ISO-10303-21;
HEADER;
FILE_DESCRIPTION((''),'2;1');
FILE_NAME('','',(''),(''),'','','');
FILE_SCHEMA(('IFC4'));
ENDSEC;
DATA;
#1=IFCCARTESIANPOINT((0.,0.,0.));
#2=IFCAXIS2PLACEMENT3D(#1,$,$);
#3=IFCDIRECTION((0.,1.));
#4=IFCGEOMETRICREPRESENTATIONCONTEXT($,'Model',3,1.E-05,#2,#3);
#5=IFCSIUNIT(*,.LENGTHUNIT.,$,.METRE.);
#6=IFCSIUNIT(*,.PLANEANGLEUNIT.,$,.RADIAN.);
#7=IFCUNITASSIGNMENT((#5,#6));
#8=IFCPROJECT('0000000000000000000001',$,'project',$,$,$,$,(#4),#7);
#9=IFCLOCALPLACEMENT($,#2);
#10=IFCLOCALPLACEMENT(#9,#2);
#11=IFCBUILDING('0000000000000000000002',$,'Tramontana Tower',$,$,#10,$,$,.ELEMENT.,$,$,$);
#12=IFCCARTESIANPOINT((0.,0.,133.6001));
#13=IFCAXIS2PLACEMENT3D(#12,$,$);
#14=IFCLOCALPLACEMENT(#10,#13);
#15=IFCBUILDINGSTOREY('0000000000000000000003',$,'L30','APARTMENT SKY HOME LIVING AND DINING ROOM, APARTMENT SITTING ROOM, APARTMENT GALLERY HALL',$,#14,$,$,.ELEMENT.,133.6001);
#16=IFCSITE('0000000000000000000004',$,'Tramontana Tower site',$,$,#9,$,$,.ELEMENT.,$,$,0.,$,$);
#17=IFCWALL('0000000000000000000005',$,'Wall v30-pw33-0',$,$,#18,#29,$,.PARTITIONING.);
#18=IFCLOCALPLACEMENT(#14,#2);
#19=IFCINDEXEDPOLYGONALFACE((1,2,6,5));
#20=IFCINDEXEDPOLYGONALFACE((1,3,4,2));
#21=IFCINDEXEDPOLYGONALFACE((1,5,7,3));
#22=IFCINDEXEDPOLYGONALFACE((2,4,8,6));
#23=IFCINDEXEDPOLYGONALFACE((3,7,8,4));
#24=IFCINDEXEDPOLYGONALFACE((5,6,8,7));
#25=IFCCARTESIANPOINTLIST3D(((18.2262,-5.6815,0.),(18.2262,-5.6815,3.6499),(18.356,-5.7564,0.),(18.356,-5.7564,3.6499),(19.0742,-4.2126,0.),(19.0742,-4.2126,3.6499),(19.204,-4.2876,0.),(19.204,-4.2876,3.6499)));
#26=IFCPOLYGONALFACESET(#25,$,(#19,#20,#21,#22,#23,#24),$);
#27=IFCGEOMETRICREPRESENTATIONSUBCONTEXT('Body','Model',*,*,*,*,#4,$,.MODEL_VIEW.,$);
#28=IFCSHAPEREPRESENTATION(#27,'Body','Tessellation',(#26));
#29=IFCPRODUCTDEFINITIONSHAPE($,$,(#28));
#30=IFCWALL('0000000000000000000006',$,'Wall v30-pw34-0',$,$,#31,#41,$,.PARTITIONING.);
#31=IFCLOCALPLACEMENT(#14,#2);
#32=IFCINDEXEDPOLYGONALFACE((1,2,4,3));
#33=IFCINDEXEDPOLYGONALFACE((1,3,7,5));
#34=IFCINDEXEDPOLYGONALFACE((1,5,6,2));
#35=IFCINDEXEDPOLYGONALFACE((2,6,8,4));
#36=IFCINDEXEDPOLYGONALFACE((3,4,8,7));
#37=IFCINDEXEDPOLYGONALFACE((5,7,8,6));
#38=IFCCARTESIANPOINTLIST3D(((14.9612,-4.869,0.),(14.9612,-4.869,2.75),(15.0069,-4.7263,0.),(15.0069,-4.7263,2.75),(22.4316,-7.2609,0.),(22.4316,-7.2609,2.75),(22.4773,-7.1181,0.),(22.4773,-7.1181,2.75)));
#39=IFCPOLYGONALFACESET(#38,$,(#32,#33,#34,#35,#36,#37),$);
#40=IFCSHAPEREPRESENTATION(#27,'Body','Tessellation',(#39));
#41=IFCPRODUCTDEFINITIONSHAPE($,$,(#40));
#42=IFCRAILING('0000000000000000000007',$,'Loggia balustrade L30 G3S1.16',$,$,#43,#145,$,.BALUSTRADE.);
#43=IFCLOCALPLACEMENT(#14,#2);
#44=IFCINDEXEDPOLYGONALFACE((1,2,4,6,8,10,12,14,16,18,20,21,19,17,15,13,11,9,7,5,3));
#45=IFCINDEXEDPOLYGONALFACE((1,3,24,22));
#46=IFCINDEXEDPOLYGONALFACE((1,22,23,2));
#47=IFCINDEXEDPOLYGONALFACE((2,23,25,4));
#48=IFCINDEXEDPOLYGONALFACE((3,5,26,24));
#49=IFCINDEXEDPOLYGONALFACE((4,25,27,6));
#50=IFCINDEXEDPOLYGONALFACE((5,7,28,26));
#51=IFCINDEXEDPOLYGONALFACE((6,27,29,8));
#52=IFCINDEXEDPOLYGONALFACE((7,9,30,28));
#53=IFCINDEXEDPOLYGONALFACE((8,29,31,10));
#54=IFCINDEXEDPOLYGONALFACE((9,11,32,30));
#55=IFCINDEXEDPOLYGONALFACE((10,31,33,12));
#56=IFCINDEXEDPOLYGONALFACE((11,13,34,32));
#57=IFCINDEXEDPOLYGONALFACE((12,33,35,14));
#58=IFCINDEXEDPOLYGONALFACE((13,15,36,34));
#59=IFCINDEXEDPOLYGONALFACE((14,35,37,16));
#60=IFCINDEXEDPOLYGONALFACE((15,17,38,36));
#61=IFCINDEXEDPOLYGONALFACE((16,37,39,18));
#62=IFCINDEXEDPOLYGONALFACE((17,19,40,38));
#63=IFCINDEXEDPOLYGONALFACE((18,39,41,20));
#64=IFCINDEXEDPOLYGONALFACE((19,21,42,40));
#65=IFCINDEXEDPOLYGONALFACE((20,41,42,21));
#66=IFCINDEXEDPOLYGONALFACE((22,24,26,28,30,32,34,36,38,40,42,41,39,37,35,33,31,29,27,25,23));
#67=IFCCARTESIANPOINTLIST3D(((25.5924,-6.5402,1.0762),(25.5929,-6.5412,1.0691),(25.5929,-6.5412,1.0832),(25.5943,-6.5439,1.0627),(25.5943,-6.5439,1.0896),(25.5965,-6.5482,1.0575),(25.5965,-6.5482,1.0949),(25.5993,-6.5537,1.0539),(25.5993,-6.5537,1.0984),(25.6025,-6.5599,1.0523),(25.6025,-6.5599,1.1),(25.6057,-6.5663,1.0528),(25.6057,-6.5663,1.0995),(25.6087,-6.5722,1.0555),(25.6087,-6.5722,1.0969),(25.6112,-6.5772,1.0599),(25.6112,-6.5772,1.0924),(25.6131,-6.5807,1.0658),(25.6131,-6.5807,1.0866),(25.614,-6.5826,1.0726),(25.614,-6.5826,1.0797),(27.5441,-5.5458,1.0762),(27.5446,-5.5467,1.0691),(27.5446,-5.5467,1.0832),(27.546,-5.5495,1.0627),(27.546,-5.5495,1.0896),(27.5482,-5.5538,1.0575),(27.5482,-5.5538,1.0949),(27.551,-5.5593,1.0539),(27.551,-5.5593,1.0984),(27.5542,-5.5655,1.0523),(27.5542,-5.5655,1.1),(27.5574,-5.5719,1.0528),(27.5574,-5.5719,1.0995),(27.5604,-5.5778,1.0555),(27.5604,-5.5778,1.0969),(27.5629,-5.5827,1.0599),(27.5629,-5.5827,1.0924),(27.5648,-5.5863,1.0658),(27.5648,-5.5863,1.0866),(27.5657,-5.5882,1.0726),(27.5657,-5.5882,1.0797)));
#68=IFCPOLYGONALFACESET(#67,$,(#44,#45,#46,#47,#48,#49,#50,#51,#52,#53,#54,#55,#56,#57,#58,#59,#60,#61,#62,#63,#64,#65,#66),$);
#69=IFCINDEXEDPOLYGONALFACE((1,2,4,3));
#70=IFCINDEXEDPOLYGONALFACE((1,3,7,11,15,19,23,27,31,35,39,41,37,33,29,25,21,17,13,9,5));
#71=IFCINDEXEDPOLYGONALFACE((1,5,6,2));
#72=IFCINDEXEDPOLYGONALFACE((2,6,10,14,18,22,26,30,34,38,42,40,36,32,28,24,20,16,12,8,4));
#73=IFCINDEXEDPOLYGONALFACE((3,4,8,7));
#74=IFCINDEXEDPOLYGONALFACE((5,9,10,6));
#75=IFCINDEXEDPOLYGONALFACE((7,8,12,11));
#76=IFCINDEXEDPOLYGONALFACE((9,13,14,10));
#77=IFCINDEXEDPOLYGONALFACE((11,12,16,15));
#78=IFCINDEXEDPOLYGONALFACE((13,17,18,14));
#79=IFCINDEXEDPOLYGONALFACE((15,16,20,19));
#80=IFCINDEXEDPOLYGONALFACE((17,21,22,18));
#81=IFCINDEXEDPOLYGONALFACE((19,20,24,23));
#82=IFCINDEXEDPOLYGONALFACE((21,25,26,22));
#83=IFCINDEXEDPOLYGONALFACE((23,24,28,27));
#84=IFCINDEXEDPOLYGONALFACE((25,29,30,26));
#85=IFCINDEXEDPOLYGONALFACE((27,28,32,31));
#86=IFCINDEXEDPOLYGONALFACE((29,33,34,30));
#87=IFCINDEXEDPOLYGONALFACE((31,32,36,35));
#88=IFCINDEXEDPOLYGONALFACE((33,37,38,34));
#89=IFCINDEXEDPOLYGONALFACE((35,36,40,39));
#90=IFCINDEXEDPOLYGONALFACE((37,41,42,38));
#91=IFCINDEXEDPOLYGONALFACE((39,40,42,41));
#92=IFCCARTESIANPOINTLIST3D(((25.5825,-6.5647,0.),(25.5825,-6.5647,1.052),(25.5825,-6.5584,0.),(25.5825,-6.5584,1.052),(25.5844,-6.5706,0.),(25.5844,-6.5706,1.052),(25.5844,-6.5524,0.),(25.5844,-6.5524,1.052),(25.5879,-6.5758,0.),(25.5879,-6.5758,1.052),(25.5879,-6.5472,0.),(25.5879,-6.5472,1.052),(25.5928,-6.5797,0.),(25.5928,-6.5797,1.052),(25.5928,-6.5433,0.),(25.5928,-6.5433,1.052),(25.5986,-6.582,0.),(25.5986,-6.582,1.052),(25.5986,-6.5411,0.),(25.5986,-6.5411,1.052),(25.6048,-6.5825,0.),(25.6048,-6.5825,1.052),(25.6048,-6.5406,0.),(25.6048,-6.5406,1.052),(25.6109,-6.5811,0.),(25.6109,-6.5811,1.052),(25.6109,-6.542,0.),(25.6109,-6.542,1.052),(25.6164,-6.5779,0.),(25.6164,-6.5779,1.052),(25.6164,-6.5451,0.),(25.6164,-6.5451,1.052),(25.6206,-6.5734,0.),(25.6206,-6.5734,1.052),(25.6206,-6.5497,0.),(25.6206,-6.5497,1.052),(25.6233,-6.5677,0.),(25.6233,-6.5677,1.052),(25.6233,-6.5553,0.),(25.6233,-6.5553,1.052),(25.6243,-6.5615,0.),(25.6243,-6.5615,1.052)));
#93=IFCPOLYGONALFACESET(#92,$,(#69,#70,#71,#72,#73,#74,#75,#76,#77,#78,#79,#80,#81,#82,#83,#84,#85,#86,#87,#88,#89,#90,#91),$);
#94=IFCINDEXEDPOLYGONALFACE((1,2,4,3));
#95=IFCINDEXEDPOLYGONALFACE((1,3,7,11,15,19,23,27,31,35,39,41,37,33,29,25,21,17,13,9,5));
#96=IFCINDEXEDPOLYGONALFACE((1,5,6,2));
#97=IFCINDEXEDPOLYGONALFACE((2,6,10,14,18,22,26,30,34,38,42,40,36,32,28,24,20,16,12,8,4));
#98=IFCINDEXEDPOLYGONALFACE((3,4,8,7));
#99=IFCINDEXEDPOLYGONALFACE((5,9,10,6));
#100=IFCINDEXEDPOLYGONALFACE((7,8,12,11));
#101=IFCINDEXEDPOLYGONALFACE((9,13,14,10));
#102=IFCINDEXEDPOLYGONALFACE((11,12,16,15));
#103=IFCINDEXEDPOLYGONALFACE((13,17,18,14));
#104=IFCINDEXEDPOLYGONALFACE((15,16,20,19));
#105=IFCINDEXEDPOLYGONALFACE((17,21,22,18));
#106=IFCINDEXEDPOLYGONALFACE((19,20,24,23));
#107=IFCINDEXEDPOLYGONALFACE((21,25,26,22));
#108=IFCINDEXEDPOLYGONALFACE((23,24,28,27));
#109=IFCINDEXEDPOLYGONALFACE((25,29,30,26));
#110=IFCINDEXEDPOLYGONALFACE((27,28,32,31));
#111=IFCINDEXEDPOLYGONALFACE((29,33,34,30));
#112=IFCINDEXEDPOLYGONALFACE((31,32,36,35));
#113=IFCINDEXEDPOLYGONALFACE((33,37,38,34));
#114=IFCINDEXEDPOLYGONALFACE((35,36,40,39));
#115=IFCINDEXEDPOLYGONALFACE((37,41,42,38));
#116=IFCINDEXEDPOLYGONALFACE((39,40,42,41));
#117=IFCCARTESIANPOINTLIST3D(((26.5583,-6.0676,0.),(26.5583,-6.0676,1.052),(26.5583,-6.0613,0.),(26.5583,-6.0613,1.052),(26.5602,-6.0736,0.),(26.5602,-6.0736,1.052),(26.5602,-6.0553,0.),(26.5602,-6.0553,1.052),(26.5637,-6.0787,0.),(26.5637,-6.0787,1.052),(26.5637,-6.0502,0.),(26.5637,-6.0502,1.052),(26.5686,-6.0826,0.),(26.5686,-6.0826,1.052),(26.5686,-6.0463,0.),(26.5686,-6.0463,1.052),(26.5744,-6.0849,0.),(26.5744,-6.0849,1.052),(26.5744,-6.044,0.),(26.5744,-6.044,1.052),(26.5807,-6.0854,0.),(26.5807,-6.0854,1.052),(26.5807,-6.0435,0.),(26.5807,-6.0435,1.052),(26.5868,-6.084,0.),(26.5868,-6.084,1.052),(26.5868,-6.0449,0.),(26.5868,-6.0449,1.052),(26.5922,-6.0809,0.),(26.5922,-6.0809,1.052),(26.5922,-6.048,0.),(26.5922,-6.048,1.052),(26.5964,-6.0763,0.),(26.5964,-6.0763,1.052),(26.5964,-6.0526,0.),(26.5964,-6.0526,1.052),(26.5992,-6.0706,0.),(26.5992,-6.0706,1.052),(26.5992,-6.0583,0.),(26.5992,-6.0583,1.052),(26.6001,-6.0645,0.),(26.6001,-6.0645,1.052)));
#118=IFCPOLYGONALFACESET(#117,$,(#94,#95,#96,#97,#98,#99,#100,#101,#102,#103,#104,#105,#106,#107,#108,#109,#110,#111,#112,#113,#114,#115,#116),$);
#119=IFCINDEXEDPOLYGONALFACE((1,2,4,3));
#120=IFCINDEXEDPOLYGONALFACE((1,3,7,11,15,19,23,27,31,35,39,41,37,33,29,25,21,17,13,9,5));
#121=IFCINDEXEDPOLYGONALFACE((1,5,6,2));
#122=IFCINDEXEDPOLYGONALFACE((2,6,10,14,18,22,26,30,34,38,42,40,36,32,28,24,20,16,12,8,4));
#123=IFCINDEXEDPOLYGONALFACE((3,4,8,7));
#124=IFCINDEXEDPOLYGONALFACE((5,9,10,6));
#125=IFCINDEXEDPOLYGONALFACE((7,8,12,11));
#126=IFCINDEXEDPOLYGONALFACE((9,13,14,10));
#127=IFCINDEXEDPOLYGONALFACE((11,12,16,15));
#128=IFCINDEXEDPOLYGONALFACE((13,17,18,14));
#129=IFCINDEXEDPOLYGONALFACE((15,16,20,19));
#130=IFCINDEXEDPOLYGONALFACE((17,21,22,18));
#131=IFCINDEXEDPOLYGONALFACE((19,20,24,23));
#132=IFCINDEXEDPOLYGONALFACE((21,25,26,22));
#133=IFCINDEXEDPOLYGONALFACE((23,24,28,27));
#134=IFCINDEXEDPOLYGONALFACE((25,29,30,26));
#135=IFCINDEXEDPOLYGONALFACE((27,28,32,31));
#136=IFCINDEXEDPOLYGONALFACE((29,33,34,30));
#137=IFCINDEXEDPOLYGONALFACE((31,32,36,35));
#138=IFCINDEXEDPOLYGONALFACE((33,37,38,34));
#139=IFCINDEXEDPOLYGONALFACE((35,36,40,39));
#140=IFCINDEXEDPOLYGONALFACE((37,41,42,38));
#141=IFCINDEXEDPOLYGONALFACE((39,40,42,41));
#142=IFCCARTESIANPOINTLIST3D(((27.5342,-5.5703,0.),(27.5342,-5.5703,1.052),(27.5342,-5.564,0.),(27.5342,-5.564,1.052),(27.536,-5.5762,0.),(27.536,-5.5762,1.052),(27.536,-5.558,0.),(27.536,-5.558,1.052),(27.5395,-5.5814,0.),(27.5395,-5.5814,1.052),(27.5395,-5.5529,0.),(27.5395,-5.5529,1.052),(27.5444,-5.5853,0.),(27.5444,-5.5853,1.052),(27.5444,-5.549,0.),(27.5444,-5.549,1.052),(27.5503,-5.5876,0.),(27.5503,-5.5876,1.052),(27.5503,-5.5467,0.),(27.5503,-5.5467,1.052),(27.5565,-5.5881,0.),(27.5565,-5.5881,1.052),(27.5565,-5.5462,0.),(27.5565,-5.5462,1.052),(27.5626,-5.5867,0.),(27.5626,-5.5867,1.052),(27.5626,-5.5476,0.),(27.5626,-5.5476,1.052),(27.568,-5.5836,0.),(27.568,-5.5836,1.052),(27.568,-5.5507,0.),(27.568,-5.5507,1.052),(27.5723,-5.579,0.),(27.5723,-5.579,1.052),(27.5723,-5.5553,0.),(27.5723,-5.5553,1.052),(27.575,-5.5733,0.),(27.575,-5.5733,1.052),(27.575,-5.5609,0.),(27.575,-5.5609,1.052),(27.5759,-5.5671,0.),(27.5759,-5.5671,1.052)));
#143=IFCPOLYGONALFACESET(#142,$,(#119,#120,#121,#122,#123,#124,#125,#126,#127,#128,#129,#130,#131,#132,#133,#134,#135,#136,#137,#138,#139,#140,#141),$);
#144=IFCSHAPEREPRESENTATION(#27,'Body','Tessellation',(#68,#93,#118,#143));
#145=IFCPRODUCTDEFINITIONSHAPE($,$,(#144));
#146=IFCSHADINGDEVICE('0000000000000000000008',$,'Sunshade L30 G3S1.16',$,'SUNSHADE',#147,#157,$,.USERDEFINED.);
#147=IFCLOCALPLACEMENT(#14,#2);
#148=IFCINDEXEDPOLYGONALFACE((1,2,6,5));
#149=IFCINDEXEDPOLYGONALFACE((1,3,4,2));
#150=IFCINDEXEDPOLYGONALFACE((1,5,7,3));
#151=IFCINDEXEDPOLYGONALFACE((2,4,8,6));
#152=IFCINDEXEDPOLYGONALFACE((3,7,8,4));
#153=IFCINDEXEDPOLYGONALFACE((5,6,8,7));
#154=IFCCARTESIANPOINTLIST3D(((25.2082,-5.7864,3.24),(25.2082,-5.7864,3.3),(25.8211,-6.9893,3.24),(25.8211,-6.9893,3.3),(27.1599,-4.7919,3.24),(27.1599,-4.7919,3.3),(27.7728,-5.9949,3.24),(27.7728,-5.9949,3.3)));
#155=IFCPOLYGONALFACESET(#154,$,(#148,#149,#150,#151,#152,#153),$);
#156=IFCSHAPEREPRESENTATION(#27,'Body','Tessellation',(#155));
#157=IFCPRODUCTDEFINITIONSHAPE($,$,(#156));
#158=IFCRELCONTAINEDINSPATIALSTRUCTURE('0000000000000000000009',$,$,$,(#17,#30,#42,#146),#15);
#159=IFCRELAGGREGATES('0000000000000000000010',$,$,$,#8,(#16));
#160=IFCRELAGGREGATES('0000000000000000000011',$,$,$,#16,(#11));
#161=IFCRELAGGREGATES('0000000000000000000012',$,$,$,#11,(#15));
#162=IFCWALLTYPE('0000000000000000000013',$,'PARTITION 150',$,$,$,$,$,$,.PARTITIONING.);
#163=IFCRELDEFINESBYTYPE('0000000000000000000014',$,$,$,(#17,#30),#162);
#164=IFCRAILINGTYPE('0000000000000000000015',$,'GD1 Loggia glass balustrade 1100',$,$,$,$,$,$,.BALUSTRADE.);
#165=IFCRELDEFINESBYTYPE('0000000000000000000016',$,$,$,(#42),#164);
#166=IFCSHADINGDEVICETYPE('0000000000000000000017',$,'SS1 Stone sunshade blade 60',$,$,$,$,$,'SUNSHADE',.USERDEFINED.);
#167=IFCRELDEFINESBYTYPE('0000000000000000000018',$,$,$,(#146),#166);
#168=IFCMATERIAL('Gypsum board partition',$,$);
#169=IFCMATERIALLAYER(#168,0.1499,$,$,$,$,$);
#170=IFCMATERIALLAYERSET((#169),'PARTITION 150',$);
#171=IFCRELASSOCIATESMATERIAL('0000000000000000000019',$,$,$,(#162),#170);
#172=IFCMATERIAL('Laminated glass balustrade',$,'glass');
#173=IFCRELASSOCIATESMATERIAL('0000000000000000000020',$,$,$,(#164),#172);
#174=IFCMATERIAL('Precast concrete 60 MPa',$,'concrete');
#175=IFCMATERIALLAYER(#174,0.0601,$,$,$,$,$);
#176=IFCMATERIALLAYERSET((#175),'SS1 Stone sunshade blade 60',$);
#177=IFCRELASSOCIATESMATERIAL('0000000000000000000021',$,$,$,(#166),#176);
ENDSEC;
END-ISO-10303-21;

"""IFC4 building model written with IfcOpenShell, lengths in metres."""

from ifc_helpers import new_model, si_unit, direction, frame, frame_2d, origin, origin_2d, place, context, subcontext, project, spatial, rectangle, circle, extrude, material, layer, layer_set, type_object, element, save


model = new_model("IFC4")

# Units and contexts
model_context = context("Model", 3, precision=1e-05, world=origin(), true_north=direction((0.0, 1.0)))
body_context = subcontext(model_context, "Body", "Model", "MODEL_VIEW")
ifc_project = project(units=[si_unit("LENGTHUNIT", "METRE"), si_unit("PLANEANGLEUNIT", "RADIAN")], contexts=[model_context])

# Site, building, storey
site_placement = place(None, origin())
site = spatial("IfcSite", under=ifc_project, at=site_placement, Name="Tramontana Tower site", CompositionType="ELEMENT", RefElevation=0.0)
building_placement = place(site_placement, origin())
building = spatial("IfcBuilding", under=site, at=building_placement, Name="Tramontana Tower", CompositionType="ELEMENT")
storey_placement = place(building_placement, frame((0.0, 0.0, 133.6001)))
storey = spatial("IfcBuildingStorey", under=building, at=storey_placement, Name="L30", Description="APARTMENT SKY HOME LIVING AND DINING ROOM, APARTMENT SITTING ROOM, APARTMENT GALLERY HALL", CompositionType="ELEMENT", Elevation=133.6001)

# Walls
ifc_material_1 = material(Name="Gypsum board partition")
ifc_layer_1 = layer(ifc_material_1, 0.1499)
ifc_layer_set_1 = layer_set([ifc_layer_1], Name="PARTITION 150")
wall_type_1 = type_object("IfcWallType", Name="PARTITION 150", PredefinedType="PARTITIONING", material=ifc_layer_set_1)
wall_1_placement = place(storey_placement, frame((19.1392, -4.25, 0.0), z_axis=(0.0, 0.0, 1.0), x_axis=(-0.499963, -0.866047, 0.0)))
element("IfcWall", 1, at=wall_1_placement, inside=storey, type_object=wall_type_1, Name="Wall v30-pw33-0", PredefinedType="PARTITIONING", context=body_context, shape_type="SweptSolid", body=[
    extrude(rectangle(XDim=1.696, YDim=0.1499, at=frame_2d((0.8481, 0.0))), origin(), (0.0, 0.0, 1.0), 3.6499),
])
wall_2_placement = place(storey_placement, frame((22.4543, -7.1895, 0.0), z_axis=(0.0, 0.0, 1.0), x_axis=(-0.952376, 0.304926, 0.0)))
element("IfcWall", 2, at=wall_2_placement, inside=storey, type_object=wall_type_1, Name="Wall v30-pw34-0", PredefinedType="PARTITIONING", context=body_context, shape_type="SweptSolid", body=[
    extrude(rectangle(XDim=7.844, YDim=0.1499, at=frame_2d((3.9219, 0.0))), origin(), (0.0, 0.0, 1.0), 2.75),
])

# Railing
ifc_material_2 = material(Name="Laminated glass balustrade", Category="glass")
railing_type = type_object("IfcRailingType", Name="GD1 Loggia glass balustrade 1100", PredefinedType="BALUSTRADE", material=ifc_material_2)
railing_placement = place(storey_placement, frame((25.6033, -6.5615, 0.0)))
element("IfcRailing", 3, at=railing_placement, inside=storey, type_object=railing_type, Name="Loggia balustrade L30 G3S1.16", PredefinedType="BALUSTRADE", context=body_context, shape_type="SweptSolid", body=[
    extrude(circle(Radius=0.0239, at=origin_2d()), frame((0.0, 0.0, 1.0762), z_axis=(0.891013, 0.453978, 0.0), x_axis=(-0.453978, 0.891013, 0.0)), (0.0, 0.0, 1.0), 2.1904),
    extrude(circle(Radius=0.021, at=origin_2d()), origin(), (0.0, 0.0, 1.0), 1.052),
    extrude(circle(Radius=0.021, at=origin_2d()), frame((0.9758, 0.4971, 0.0)), (0.0, 0.0, 1.0), 1.052),
    extrude(circle(Radius=0.021, at=origin_2d()), frame((1.9517, 0.9944, 0.0)), (0.0, 0.0, 1.0), 1.052),
])

# Shading device
ifc_material_3 = material(Name="Precast concrete 60 MPa", Category="concrete")
ifc_layer_2 = layer(ifc_material_3, 0.0601)
ifc_layer_set_2 = layer_set([ifc_layer_2], Name="SS1 Stone sunshade blade 60")
shading_device_type = type_object("IfcShadingDeviceType", Name="SS1 Stone sunshade blade 60", ElementType="SUNSHADE", PredefinedType="USERDEFINED", material=ifc_layer_set_2)
shading_device_placement = place(storey_placement, frame((26.4905, -5.8906, 3.24), z_axis=(0.0, 0.0, 1.0), x_axis=(0.891007, 0.45399, 0.0)))
element("IfcShadingDevice", 4, at=shading_device_placement, inside=storey, type_object=shading_device_type, Name="Sunshade L30 G3S1.16", ObjectType="SUNSHADE", PredefinedType="USERDEFINED", context=body_context, shape_type="SweptSolid", body=[
    extrude(rectangle(XDim=2.1904, YDim=1.3501, at=origin_2d()), origin(), (0.0, 0.0, 1.0), 0.0601),
])

save(model, "model.ifc")
